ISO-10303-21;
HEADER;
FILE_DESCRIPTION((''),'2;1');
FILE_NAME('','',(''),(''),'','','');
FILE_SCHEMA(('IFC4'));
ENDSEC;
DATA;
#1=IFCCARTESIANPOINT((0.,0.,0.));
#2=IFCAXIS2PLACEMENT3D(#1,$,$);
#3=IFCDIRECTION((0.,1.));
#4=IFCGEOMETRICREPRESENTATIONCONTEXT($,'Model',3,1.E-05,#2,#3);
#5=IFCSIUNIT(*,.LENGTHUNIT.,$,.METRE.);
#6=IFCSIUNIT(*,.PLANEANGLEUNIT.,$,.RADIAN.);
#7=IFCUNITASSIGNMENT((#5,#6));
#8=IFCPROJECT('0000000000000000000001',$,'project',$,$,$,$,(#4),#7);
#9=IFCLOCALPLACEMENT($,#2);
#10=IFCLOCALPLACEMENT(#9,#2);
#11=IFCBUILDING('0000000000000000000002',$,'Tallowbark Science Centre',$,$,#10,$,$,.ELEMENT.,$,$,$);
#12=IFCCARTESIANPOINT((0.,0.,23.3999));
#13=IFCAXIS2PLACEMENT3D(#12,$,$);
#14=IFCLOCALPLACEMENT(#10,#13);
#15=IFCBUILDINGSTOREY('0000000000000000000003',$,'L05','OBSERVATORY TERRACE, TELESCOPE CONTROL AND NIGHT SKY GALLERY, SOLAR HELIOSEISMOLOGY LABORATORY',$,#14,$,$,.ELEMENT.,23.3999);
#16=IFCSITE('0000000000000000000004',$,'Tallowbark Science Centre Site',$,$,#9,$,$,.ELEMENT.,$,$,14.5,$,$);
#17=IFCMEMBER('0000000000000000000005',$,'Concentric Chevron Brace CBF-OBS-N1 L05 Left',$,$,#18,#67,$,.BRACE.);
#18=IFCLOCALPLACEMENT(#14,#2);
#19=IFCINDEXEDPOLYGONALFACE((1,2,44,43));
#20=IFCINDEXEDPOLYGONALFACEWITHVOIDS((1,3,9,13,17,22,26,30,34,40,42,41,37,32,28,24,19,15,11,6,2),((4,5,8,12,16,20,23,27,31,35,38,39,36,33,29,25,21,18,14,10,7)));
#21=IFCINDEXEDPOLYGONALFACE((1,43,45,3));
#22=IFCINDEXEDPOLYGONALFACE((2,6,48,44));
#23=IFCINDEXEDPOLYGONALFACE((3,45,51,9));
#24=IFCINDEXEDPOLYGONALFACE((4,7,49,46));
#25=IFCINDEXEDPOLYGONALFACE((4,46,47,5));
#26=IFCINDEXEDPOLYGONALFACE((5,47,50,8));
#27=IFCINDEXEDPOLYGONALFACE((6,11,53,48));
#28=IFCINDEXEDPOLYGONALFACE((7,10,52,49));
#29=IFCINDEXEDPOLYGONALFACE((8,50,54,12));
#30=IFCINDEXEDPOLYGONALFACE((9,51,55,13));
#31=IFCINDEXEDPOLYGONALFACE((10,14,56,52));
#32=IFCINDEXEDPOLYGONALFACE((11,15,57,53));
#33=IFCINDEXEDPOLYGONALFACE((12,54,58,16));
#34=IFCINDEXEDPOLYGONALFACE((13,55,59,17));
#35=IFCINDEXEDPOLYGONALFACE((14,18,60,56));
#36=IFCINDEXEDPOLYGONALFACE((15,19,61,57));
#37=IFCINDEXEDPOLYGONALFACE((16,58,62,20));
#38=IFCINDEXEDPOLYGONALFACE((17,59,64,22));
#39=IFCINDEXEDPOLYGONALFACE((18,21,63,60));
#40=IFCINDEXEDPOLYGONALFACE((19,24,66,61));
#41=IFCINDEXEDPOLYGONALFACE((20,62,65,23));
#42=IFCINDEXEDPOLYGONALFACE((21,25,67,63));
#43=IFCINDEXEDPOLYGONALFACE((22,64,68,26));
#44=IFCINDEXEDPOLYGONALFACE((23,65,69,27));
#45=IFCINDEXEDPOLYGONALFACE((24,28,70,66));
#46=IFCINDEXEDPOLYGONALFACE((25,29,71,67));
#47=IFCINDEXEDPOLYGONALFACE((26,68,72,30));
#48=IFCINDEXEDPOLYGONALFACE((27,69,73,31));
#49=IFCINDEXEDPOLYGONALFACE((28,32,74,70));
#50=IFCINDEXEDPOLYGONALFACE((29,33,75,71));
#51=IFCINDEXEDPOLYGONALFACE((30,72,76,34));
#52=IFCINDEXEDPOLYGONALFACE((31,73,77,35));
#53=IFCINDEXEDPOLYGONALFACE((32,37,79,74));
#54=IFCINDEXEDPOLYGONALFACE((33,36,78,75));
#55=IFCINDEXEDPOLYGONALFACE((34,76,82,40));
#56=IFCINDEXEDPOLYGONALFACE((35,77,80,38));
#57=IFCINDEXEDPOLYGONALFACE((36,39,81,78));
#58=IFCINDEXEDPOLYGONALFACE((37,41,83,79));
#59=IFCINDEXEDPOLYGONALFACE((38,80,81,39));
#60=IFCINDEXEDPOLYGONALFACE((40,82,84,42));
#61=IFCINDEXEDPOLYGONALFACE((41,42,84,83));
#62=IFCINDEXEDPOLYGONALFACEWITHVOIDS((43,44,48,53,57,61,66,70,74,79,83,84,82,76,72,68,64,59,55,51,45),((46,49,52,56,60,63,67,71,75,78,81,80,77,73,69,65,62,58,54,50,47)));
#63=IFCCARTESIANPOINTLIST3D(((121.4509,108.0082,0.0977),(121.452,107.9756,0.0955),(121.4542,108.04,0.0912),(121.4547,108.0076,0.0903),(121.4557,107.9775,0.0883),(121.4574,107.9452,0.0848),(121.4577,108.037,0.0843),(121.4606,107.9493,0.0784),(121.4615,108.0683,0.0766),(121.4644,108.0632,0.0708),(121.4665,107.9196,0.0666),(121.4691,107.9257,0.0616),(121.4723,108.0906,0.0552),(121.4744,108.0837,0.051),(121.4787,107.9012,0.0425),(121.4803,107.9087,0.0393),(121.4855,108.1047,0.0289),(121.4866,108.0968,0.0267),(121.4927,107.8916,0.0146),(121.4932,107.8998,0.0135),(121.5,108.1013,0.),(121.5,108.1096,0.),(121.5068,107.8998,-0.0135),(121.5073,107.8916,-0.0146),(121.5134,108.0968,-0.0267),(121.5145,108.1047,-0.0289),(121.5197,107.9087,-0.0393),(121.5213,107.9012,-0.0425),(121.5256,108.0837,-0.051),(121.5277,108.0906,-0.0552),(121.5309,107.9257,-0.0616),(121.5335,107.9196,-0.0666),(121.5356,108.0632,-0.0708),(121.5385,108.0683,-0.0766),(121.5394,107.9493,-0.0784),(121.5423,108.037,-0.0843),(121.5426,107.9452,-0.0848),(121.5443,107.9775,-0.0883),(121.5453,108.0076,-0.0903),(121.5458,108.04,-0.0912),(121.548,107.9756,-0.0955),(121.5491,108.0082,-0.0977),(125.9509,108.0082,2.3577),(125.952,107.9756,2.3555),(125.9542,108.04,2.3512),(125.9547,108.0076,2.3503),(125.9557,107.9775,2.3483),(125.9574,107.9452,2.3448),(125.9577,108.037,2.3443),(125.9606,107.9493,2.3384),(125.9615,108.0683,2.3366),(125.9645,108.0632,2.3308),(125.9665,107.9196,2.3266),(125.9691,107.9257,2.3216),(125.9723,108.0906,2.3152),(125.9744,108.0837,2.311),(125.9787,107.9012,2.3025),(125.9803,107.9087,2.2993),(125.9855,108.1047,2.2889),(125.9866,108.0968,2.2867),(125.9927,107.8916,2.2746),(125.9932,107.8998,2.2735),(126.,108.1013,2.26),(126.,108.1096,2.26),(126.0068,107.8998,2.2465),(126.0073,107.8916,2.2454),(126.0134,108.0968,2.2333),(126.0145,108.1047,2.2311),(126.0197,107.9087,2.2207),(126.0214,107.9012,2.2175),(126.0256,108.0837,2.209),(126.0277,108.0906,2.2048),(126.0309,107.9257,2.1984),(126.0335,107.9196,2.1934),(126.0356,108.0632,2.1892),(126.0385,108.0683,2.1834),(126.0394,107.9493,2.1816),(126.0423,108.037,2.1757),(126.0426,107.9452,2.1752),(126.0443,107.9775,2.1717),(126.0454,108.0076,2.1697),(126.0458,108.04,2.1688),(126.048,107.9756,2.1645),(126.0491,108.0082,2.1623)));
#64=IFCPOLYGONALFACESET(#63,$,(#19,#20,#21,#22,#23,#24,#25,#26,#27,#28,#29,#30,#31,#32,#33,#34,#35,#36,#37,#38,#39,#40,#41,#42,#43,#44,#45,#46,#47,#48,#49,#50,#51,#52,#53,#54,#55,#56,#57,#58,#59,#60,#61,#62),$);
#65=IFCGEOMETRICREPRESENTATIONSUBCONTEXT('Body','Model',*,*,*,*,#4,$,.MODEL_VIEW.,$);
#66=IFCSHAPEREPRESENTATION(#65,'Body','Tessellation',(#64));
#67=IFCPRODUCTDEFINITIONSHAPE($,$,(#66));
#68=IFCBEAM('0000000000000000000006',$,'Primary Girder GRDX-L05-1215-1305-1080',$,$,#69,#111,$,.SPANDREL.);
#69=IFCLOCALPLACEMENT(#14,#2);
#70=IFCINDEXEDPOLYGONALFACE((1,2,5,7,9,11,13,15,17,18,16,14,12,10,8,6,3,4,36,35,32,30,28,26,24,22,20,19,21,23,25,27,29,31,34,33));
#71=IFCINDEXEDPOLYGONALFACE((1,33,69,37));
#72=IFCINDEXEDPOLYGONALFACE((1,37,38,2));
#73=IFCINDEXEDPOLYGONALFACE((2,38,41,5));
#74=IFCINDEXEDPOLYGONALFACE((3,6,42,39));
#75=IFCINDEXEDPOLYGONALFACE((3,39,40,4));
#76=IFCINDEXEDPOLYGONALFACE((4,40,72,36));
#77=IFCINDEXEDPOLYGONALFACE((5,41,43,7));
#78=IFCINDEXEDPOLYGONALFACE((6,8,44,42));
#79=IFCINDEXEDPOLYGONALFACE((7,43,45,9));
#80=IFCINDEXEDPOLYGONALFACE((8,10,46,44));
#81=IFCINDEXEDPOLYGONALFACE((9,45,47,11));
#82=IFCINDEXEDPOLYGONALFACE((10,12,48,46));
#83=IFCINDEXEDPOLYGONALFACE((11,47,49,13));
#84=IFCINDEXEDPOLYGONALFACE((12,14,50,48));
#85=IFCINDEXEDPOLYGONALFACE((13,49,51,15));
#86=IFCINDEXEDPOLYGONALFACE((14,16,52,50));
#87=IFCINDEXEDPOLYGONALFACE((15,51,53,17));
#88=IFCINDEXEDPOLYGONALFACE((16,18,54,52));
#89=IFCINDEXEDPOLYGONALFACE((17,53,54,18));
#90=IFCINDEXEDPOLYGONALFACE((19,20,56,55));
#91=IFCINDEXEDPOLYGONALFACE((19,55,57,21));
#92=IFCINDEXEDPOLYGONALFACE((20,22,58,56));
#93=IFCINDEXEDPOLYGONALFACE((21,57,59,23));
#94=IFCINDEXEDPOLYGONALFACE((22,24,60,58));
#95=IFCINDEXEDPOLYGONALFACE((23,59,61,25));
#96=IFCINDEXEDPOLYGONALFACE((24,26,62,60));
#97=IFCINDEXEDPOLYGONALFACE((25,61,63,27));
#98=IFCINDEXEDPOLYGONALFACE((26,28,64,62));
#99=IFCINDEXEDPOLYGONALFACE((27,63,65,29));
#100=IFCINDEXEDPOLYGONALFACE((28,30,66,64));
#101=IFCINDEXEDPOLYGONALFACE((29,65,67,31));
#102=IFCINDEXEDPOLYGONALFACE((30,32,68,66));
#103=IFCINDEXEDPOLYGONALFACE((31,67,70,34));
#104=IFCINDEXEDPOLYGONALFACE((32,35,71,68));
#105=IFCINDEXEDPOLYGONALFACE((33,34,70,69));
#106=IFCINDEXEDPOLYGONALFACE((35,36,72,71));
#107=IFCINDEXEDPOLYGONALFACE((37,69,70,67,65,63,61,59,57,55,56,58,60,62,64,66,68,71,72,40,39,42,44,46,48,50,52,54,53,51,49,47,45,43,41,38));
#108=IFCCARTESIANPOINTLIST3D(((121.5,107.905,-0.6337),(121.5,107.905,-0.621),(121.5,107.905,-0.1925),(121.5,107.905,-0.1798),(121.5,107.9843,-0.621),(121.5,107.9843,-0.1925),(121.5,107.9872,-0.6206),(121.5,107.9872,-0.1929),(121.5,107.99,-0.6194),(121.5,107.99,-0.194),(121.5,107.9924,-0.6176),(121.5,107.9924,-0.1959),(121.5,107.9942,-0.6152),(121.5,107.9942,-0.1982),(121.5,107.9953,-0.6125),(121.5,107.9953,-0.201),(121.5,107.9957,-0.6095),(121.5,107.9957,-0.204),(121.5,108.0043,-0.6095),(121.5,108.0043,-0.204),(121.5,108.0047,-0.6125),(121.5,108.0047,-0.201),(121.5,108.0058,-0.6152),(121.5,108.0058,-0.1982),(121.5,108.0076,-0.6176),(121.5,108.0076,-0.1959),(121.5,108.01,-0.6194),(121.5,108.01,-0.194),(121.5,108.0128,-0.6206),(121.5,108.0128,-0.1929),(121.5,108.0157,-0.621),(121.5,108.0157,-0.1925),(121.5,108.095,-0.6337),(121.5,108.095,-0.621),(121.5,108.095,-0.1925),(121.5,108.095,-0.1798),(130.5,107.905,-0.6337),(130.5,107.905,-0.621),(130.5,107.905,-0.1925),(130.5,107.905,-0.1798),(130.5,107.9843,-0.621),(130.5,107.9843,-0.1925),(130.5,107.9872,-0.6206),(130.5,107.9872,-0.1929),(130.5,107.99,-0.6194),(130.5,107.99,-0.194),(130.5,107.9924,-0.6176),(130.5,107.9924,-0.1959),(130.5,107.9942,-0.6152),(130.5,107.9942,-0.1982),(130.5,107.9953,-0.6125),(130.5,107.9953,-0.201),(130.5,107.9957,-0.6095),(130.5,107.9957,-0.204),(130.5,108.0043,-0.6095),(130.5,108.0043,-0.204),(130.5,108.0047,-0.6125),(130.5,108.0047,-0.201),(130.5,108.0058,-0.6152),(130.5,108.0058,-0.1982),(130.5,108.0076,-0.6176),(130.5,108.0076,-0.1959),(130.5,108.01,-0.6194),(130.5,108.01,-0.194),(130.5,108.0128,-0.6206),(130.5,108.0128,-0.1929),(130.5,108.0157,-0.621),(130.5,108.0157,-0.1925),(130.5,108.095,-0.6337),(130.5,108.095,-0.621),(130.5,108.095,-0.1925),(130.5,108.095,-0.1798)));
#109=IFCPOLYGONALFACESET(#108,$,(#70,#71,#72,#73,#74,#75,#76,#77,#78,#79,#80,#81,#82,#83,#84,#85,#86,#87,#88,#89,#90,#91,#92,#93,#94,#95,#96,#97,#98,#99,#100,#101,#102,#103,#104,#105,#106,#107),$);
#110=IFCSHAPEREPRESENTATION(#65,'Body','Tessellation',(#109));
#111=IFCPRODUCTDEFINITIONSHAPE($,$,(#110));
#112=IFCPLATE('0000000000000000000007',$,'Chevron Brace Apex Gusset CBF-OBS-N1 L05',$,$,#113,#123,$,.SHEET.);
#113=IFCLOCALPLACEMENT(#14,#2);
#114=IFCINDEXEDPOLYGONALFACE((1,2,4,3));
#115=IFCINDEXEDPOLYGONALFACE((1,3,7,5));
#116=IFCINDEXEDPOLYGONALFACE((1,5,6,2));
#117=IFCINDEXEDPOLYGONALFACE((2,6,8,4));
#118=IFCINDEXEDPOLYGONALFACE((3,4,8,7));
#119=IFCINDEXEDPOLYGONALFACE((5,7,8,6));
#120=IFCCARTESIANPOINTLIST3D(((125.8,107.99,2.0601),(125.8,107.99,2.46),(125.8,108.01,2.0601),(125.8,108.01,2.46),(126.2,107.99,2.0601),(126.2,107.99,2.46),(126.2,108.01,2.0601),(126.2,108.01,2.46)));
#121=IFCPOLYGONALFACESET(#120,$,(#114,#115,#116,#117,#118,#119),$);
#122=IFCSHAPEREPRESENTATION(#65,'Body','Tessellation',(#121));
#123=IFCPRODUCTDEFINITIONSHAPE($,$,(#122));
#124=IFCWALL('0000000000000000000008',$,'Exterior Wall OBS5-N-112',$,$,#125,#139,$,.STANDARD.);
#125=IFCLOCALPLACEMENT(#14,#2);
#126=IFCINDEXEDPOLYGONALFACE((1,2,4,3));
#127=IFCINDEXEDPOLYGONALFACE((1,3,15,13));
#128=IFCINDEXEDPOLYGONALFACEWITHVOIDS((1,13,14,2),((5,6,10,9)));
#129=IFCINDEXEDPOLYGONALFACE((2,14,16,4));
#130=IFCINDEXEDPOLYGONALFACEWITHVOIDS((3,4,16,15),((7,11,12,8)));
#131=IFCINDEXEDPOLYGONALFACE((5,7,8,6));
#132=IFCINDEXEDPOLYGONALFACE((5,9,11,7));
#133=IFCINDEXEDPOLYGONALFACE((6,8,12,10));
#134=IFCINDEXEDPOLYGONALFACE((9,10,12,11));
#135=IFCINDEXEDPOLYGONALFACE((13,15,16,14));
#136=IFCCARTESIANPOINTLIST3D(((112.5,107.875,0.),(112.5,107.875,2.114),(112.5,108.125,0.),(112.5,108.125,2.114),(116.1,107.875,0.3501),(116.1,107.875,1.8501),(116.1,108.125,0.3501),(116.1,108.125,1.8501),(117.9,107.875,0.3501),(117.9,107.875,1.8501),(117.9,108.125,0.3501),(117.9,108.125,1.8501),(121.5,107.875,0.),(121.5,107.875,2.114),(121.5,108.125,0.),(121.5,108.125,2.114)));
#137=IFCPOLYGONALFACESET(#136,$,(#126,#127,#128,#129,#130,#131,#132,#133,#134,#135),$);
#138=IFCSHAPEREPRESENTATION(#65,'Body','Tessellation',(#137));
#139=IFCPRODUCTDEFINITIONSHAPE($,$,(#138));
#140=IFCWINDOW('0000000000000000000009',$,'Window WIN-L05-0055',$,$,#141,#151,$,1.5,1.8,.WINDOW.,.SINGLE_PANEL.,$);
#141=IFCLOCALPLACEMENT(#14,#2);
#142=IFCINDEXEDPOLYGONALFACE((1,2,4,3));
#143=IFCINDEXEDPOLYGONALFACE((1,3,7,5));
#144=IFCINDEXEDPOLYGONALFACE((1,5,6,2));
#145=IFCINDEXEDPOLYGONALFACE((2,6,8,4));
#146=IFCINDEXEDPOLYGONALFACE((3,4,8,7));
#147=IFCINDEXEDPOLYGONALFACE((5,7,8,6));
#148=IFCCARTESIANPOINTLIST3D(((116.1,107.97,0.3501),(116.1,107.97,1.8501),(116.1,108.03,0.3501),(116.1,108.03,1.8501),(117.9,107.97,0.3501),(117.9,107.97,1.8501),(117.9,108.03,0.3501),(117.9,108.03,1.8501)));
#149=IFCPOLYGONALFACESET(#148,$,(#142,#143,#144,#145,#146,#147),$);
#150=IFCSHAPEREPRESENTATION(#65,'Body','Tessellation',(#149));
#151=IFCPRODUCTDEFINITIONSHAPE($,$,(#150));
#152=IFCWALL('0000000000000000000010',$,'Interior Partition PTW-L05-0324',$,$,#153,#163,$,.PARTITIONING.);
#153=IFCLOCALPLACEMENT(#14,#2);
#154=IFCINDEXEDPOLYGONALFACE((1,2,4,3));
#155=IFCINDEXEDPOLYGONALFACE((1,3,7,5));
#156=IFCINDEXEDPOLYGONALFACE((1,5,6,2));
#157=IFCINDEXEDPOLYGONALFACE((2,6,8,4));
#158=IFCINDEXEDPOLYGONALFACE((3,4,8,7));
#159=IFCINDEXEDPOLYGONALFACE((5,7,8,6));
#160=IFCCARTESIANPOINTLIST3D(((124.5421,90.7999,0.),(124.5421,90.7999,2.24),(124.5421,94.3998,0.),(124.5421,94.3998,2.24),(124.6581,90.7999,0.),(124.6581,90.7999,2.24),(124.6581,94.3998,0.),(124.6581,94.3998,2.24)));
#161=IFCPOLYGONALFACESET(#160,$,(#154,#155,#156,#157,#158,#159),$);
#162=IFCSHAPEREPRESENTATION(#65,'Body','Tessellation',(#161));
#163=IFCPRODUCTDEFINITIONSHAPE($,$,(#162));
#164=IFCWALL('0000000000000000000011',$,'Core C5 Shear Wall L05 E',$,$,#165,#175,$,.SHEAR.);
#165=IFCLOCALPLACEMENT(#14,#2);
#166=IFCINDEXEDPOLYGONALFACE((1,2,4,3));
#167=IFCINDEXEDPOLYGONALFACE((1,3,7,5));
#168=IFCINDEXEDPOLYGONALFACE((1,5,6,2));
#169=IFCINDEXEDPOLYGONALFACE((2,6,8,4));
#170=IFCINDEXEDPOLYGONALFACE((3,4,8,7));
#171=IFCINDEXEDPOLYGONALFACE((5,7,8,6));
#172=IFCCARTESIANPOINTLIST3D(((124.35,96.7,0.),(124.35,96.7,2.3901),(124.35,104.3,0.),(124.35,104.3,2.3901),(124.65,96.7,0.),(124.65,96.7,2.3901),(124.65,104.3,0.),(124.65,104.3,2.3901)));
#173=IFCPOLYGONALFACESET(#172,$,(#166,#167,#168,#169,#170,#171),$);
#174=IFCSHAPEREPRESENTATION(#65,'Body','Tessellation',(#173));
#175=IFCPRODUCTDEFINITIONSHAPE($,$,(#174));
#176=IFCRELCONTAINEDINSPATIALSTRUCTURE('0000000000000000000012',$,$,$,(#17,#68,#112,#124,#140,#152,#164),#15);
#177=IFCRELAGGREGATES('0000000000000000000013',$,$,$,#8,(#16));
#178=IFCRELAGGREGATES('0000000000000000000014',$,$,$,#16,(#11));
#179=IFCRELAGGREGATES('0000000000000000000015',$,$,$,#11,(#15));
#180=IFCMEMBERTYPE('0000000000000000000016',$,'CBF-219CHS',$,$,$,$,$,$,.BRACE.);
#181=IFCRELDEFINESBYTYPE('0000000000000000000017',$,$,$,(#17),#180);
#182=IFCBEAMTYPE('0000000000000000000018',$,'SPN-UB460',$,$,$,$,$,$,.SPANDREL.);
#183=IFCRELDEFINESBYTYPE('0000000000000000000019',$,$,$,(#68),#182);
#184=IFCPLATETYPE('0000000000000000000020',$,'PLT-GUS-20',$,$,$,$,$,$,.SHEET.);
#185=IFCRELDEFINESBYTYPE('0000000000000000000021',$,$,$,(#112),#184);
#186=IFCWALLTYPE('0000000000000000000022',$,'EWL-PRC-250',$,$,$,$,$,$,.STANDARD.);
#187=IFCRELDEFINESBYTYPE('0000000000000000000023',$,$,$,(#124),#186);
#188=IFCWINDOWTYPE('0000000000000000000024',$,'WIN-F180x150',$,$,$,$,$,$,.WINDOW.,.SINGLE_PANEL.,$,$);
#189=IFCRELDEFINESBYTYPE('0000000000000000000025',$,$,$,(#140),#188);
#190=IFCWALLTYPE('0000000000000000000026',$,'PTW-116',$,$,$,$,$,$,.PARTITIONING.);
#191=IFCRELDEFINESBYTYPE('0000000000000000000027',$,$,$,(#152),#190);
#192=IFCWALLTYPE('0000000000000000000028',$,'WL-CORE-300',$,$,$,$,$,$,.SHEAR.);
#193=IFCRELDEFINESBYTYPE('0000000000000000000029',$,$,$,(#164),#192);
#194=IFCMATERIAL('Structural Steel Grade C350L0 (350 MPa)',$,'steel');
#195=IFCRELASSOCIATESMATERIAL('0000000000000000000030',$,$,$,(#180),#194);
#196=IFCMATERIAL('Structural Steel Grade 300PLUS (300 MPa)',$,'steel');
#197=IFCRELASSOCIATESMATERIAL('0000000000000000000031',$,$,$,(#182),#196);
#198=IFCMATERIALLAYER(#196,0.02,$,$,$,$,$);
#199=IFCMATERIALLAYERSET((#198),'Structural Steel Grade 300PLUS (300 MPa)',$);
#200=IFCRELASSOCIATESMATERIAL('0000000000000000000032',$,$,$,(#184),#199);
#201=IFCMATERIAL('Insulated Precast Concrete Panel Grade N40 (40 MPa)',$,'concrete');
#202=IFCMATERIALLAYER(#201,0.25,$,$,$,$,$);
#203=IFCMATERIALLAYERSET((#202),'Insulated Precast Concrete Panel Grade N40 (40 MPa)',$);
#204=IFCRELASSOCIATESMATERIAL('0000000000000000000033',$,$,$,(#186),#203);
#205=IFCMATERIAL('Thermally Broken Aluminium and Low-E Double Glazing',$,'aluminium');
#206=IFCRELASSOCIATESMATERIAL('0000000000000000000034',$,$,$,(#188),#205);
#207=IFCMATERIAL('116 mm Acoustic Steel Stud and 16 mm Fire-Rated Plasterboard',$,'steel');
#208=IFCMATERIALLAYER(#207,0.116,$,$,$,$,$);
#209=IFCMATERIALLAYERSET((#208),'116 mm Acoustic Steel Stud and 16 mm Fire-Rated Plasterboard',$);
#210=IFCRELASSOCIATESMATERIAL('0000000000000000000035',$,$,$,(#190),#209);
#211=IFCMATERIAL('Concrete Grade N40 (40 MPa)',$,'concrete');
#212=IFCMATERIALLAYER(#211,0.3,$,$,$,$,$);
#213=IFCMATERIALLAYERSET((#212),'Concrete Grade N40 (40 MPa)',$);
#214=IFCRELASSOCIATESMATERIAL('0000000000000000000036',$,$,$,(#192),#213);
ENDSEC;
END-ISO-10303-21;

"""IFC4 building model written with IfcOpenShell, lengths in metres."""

from ifc_helpers import new_model, si_unit, direction, frame, frame_2d, origin, origin_2d, place, context, subcontext, project, spatial, rectangle, hollow_circle, i_section, extrude, material, layer, layer_set, material_profile, profile_set, type_object, element, fill, save


model = new_model("IFC4")

# Units and contexts
model_context = context("Model", 3, precision=1e-05, world=origin(), true_north=direction((0.0, 1.0)))
body_context = subcontext(model_context, "Body", "Model", "MODEL_VIEW")
ifc_project = project(units=[si_unit("LENGTHUNIT", "METRE"), si_unit("PLANEANGLEUNIT", "RADIAN")], contexts=[model_context])

# Site, building, storey
site_placement = place(None, origin())
site = spatial("IfcSite", under=ifc_project, at=site_placement, Name="Tallowbark Science Centre Site", CompositionType="ELEMENT", RefElevation=14.5)
building_placement = place(site_placement, origin())
building = spatial("IfcBuilding", under=site, at=building_placement, Name="Tallowbark Science Centre", CompositionType="ELEMENT")
storey_placement = place(building_placement, frame((0.0, 0.0, 23.3999)))
storey = spatial("IfcBuildingStorey", under=building, at=storey_placement, Name="L05", Description="OBSERVATORY TERRACE, TELESCOPE CONTROL AND NIGHT SKY GALLERY, SOLAR HELIOSEISMOLOGY LABORATORY", CompositionType="ELEMENT", Elevation=23.3999)

# Shared definitions
ifc_material_1 = material(Name="Structural Steel Grade 300PLUS (300 MPa)", Category="steel")

# Member
ifc_material_2 = material(Name="Structural Steel Grade C350L0 (350 MPa)", Category="steel")
ifc_material_profile_1 = material_profile(ifc_material_2, hollow_circle(Radius=0.1096, WallThickness=0.0083, at=origin_2d()), Name="219.1x8.2CHS")
ifc_profile_set_1 = profile_set([ifc_material_profile_1], Name="Structural Steel Grade C350L0 (350 MPa)")
member_type = type_object("IfcMemberType", Name="CBF-219CHS", PredefinedType="BRACE", material=ifc_profile_set_1)
member_placement = place(storey_placement, frame((121.5, 108.0, 0.0), z_axis=(0.893631, 0.0, 0.448803), x_axis=(0.0, 1.0, 0.0)))
element("IfcMember", 1, at=member_placement, inside=storey, type_object=member_type, Name="Concentric Chevron Brace CBF-OBS-N1 L05 Left", PredefinedType="BRACE", context=body_context, shape_type="SweptSolid", body=[
    extrude(hollow_circle(Radius=0.1096, WallThickness=0.0083, at=origin_2d()), origin(), (0.0, 0.0, 1.0), 5.0356),
])

# Beam
ifc_material_profile_2 = material_profile(ifc_material_1, i_section(OverallWidth=0.1899, OverallDepth=0.4539, WebThickness=0.0085, FlangeThickness=0.0127, FilletRadius=0.0115, at=origin_2d()), Name="460UB67.1")
ifc_profile_set_2 = profile_set([ifc_material_profile_2], Name="Structural Steel Grade 300PLUS (300 MPa)")
beam_type_1 = type_object("IfcBeamType", Name="SPN-UB460", PredefinedType="SPANDREL", material=ifc_profile_set_2)
beam_1_placement = place(storey_placement, frame((121.5, 108.0, -0.4067), z_axis=(1.0, 0.0, 0.0), x_axis=(0.0, 1.0, 0.0)))
element("IfcBeam", 2, at=beam_1_placement, inside=storey, type_object=beam_type_1, Name="Primary Girder GRDX-L05-1215-1305-1080", PredefinedType="SPANDREL", context=body_context, shape_type="SweptSolid", body=[
    extrude(i_section(OverallWidth=0.1899, OverallDepth=0.4539, WebThickness=0.0085, FlangeThickness=0.0127, FilletRadius=0.0115, at=origin_2d()), origin(), (0.0, 0.0, 1.0), 9.0),
])

# Plate
ifc_layer_1 = layer(ifc_material_1, 0.02)
ifc_layer_set_1 = layer_set([ifc_layer_1], Name="Structural Steel Grade 300PLUS (300 MPa)")
plate_type = type_object("IfcPlateType", Name="PLT-GUS-20", PredefinedType="SHEET", material=ifc_layer_set_1)
plate_placement = place(storey_placement, frame((126.0, 108.0, 2.0601), z_axis=(0.0, 0.0, 1.0), x_axis=(1.0, 0.0, 0.0)))
element("IfcPlate", 3, at=plate_placement, inside=storey, type_object=plate_type, Name="Chevron Brace Apex Gusset CBF-OBS-N1 L05", PredefinedType="SHEET", context=body_context, shape_type="SweptSolid", body=[
    extrude(rectangle(XDim=0.3999, YDim=0.02, at=origin_2d()), origin(), (0.0, 0.0, 1.0), 0.3999),
])

# Wall, opening, window
ifc_material_3 = material(Name="Insulated Precast Concrete Panel Grade N40 (40 MPa)", Category="concrete")
ifc_layer_2 = layer(ifc_material_3, 0.25)
ifc_layer_set_2 = layer_set([ifc_layer_2], Name="Insulated Precast Concrete Panel Grade N40 (40 MPa)")
wall_type_1 = type_object("IfcWallType", Name="EWL-PRC-250", PredefinedType="STANDARD", material=ifc_layer_set_2)
wall_1_placement = place(storey_placement, frame((121.5, 108.0, 0.0), z_axis=(0.0, 0.0, 1.0), x_axis=(-1.0, 0.0, 0.0)))
wall_1 = element("IfcWall", 4, at=wall_1_placement, inside=storey, type_object=wall_type_1, Name="Exterior Wall OBS5-N-112", PredefinedType="STANDARD", context=body_context, shape_type="SweptSolid", body=[
    extrude(rectangle(XDim=9.0, YDim=0.25, at=frame_2d((4.5, 0.0))), origin(), (0.0, 0.0, 1.0), 2.114),
])
opening_placement = place(wall_1_placement, frame((3.6001, 0.0, 0.3501)))
opening = element("IfcOpeningElement", 5, at=opening_placement, cuts=wall_1, PredefinedType="OPENING", context=body_context, shape_type="SweptSolid", body=[
    extrude(rectangle(XDim=1.8, YDim=1.5, at=frame_2d((0.8999, 0.75))), frame((0.0, 0.135, 0.0), z_axis=(0.0, -1.0, 0.0), x_axis=(1.0, 0.0, 0.0)), (0.0, 0.0, 1.0), 0.27),
])
ifc_material_4 = material(Name="Thermally Broken Aluminium and Low-E Double Glazing", Category="aluminium")
window_type = type_object("IfcWindowType", Name="WIN-F180x150", PartitioningType="SINGLE_PANEL", PredefinedType="WINDOW", material=ifc_material_4)
window_placement = place(opening_placement, origin())
window = element("IfcWindow", 6, at=window_placement, inside=storey, type_object=window_type, Name="Window WIN-L05-0055", OverallHeight=1.5, OverallWidth=1.8, PartitioningType="SINGLE_PANEL", PredefinedType="WINDOW", context=body_context, shape_type="SweptSolid", body=[
    extrude(rectangle(XDim=1.8, YDim=1.5, at=frame_2d((0.8999, 0.75))), frame((0.0, 0.03, 0.0), z_axis=(0.0, -1.0, 0.0), x_axis=(1.0, 0.0, 0.0)), (0.0, 0.0, 1.0), 0.0601),
])
fill(opening, window)

# Walls
ifc_material_5 = material(Name="116 mm Acoustic Steel Stud and 16 mm Fire-Rated Plasterboard", Category="steel")
ifc_layer_3 = layer(ifc_material_5, 0.116)
ifc_layer_set_3 = layer_set([ifc_layer_3], Name="116 mm Acoustic Steel Stud and 16 mm Fire-Rated Plasterboard")
wall_type_2 = type_object("IfcWallType", Name="PTW-116", PredefinedType="PARTITIONING", material=ifc_layer_set_3)
wall_2_placement = place(storey_placement, frame((124.6001, 90.8, 0.0), z_axis=(0.0, 0.0, 1.0), x_axis=(0.0, 1.0, 0.0)))
element("IfcWall", 7, at=wall_2_placement, inside=storey, type_object=wall_type_2, Name="Interior Partition PTW-L05-0324", PredefinedType="PARTITIONING", context=body_context, shape_type="SweptSolid", body=[
    extrude(rectangle(XDim=3.5999, YDim=0.116, at=frame_2d((1.7998, 0.0))), origin(), (0.0, 0.0, 1.0), 2.24),
])
ifc_material_6 = material(Name="Concrete Grade N40 (40 MPa)", Category="concrete")
ifc_layer_4 = layer(ifc_material_6, 0.3)
ifc_layer_set_4 = layer_set([ifc_layer_4], Name="Concrete Grade N40 (40 MPa)")
wall_type_3 = type_object("IfcWallType", Name="WL-CORE-300", PredefinedType="SHEAR", material=ifc_layer_set_4)
wall_3_placement = place(storey_placement, frame((124.5, 96.7, 0.0), z_axis=(0.0, 0.0, 1.0), x_axis=(0.0, 1.0, 0.0)))
element("IfcWall", 8, at=wall_3_placement, inside=storey, type_object=wall_type_3, Name="Core C5 Shear Wall L05 E", PredefinedType="SHEAR", context=body_context, shape_type="SweptSolid", body=[
    extrude(rectangle(XDim=7.6001, YDim=0.3, at=frame_2d((3.8, 0.0))), origin(), (0.0, 0.0, 1.0), 2.3901),
])

save(model, "model.ifc")
